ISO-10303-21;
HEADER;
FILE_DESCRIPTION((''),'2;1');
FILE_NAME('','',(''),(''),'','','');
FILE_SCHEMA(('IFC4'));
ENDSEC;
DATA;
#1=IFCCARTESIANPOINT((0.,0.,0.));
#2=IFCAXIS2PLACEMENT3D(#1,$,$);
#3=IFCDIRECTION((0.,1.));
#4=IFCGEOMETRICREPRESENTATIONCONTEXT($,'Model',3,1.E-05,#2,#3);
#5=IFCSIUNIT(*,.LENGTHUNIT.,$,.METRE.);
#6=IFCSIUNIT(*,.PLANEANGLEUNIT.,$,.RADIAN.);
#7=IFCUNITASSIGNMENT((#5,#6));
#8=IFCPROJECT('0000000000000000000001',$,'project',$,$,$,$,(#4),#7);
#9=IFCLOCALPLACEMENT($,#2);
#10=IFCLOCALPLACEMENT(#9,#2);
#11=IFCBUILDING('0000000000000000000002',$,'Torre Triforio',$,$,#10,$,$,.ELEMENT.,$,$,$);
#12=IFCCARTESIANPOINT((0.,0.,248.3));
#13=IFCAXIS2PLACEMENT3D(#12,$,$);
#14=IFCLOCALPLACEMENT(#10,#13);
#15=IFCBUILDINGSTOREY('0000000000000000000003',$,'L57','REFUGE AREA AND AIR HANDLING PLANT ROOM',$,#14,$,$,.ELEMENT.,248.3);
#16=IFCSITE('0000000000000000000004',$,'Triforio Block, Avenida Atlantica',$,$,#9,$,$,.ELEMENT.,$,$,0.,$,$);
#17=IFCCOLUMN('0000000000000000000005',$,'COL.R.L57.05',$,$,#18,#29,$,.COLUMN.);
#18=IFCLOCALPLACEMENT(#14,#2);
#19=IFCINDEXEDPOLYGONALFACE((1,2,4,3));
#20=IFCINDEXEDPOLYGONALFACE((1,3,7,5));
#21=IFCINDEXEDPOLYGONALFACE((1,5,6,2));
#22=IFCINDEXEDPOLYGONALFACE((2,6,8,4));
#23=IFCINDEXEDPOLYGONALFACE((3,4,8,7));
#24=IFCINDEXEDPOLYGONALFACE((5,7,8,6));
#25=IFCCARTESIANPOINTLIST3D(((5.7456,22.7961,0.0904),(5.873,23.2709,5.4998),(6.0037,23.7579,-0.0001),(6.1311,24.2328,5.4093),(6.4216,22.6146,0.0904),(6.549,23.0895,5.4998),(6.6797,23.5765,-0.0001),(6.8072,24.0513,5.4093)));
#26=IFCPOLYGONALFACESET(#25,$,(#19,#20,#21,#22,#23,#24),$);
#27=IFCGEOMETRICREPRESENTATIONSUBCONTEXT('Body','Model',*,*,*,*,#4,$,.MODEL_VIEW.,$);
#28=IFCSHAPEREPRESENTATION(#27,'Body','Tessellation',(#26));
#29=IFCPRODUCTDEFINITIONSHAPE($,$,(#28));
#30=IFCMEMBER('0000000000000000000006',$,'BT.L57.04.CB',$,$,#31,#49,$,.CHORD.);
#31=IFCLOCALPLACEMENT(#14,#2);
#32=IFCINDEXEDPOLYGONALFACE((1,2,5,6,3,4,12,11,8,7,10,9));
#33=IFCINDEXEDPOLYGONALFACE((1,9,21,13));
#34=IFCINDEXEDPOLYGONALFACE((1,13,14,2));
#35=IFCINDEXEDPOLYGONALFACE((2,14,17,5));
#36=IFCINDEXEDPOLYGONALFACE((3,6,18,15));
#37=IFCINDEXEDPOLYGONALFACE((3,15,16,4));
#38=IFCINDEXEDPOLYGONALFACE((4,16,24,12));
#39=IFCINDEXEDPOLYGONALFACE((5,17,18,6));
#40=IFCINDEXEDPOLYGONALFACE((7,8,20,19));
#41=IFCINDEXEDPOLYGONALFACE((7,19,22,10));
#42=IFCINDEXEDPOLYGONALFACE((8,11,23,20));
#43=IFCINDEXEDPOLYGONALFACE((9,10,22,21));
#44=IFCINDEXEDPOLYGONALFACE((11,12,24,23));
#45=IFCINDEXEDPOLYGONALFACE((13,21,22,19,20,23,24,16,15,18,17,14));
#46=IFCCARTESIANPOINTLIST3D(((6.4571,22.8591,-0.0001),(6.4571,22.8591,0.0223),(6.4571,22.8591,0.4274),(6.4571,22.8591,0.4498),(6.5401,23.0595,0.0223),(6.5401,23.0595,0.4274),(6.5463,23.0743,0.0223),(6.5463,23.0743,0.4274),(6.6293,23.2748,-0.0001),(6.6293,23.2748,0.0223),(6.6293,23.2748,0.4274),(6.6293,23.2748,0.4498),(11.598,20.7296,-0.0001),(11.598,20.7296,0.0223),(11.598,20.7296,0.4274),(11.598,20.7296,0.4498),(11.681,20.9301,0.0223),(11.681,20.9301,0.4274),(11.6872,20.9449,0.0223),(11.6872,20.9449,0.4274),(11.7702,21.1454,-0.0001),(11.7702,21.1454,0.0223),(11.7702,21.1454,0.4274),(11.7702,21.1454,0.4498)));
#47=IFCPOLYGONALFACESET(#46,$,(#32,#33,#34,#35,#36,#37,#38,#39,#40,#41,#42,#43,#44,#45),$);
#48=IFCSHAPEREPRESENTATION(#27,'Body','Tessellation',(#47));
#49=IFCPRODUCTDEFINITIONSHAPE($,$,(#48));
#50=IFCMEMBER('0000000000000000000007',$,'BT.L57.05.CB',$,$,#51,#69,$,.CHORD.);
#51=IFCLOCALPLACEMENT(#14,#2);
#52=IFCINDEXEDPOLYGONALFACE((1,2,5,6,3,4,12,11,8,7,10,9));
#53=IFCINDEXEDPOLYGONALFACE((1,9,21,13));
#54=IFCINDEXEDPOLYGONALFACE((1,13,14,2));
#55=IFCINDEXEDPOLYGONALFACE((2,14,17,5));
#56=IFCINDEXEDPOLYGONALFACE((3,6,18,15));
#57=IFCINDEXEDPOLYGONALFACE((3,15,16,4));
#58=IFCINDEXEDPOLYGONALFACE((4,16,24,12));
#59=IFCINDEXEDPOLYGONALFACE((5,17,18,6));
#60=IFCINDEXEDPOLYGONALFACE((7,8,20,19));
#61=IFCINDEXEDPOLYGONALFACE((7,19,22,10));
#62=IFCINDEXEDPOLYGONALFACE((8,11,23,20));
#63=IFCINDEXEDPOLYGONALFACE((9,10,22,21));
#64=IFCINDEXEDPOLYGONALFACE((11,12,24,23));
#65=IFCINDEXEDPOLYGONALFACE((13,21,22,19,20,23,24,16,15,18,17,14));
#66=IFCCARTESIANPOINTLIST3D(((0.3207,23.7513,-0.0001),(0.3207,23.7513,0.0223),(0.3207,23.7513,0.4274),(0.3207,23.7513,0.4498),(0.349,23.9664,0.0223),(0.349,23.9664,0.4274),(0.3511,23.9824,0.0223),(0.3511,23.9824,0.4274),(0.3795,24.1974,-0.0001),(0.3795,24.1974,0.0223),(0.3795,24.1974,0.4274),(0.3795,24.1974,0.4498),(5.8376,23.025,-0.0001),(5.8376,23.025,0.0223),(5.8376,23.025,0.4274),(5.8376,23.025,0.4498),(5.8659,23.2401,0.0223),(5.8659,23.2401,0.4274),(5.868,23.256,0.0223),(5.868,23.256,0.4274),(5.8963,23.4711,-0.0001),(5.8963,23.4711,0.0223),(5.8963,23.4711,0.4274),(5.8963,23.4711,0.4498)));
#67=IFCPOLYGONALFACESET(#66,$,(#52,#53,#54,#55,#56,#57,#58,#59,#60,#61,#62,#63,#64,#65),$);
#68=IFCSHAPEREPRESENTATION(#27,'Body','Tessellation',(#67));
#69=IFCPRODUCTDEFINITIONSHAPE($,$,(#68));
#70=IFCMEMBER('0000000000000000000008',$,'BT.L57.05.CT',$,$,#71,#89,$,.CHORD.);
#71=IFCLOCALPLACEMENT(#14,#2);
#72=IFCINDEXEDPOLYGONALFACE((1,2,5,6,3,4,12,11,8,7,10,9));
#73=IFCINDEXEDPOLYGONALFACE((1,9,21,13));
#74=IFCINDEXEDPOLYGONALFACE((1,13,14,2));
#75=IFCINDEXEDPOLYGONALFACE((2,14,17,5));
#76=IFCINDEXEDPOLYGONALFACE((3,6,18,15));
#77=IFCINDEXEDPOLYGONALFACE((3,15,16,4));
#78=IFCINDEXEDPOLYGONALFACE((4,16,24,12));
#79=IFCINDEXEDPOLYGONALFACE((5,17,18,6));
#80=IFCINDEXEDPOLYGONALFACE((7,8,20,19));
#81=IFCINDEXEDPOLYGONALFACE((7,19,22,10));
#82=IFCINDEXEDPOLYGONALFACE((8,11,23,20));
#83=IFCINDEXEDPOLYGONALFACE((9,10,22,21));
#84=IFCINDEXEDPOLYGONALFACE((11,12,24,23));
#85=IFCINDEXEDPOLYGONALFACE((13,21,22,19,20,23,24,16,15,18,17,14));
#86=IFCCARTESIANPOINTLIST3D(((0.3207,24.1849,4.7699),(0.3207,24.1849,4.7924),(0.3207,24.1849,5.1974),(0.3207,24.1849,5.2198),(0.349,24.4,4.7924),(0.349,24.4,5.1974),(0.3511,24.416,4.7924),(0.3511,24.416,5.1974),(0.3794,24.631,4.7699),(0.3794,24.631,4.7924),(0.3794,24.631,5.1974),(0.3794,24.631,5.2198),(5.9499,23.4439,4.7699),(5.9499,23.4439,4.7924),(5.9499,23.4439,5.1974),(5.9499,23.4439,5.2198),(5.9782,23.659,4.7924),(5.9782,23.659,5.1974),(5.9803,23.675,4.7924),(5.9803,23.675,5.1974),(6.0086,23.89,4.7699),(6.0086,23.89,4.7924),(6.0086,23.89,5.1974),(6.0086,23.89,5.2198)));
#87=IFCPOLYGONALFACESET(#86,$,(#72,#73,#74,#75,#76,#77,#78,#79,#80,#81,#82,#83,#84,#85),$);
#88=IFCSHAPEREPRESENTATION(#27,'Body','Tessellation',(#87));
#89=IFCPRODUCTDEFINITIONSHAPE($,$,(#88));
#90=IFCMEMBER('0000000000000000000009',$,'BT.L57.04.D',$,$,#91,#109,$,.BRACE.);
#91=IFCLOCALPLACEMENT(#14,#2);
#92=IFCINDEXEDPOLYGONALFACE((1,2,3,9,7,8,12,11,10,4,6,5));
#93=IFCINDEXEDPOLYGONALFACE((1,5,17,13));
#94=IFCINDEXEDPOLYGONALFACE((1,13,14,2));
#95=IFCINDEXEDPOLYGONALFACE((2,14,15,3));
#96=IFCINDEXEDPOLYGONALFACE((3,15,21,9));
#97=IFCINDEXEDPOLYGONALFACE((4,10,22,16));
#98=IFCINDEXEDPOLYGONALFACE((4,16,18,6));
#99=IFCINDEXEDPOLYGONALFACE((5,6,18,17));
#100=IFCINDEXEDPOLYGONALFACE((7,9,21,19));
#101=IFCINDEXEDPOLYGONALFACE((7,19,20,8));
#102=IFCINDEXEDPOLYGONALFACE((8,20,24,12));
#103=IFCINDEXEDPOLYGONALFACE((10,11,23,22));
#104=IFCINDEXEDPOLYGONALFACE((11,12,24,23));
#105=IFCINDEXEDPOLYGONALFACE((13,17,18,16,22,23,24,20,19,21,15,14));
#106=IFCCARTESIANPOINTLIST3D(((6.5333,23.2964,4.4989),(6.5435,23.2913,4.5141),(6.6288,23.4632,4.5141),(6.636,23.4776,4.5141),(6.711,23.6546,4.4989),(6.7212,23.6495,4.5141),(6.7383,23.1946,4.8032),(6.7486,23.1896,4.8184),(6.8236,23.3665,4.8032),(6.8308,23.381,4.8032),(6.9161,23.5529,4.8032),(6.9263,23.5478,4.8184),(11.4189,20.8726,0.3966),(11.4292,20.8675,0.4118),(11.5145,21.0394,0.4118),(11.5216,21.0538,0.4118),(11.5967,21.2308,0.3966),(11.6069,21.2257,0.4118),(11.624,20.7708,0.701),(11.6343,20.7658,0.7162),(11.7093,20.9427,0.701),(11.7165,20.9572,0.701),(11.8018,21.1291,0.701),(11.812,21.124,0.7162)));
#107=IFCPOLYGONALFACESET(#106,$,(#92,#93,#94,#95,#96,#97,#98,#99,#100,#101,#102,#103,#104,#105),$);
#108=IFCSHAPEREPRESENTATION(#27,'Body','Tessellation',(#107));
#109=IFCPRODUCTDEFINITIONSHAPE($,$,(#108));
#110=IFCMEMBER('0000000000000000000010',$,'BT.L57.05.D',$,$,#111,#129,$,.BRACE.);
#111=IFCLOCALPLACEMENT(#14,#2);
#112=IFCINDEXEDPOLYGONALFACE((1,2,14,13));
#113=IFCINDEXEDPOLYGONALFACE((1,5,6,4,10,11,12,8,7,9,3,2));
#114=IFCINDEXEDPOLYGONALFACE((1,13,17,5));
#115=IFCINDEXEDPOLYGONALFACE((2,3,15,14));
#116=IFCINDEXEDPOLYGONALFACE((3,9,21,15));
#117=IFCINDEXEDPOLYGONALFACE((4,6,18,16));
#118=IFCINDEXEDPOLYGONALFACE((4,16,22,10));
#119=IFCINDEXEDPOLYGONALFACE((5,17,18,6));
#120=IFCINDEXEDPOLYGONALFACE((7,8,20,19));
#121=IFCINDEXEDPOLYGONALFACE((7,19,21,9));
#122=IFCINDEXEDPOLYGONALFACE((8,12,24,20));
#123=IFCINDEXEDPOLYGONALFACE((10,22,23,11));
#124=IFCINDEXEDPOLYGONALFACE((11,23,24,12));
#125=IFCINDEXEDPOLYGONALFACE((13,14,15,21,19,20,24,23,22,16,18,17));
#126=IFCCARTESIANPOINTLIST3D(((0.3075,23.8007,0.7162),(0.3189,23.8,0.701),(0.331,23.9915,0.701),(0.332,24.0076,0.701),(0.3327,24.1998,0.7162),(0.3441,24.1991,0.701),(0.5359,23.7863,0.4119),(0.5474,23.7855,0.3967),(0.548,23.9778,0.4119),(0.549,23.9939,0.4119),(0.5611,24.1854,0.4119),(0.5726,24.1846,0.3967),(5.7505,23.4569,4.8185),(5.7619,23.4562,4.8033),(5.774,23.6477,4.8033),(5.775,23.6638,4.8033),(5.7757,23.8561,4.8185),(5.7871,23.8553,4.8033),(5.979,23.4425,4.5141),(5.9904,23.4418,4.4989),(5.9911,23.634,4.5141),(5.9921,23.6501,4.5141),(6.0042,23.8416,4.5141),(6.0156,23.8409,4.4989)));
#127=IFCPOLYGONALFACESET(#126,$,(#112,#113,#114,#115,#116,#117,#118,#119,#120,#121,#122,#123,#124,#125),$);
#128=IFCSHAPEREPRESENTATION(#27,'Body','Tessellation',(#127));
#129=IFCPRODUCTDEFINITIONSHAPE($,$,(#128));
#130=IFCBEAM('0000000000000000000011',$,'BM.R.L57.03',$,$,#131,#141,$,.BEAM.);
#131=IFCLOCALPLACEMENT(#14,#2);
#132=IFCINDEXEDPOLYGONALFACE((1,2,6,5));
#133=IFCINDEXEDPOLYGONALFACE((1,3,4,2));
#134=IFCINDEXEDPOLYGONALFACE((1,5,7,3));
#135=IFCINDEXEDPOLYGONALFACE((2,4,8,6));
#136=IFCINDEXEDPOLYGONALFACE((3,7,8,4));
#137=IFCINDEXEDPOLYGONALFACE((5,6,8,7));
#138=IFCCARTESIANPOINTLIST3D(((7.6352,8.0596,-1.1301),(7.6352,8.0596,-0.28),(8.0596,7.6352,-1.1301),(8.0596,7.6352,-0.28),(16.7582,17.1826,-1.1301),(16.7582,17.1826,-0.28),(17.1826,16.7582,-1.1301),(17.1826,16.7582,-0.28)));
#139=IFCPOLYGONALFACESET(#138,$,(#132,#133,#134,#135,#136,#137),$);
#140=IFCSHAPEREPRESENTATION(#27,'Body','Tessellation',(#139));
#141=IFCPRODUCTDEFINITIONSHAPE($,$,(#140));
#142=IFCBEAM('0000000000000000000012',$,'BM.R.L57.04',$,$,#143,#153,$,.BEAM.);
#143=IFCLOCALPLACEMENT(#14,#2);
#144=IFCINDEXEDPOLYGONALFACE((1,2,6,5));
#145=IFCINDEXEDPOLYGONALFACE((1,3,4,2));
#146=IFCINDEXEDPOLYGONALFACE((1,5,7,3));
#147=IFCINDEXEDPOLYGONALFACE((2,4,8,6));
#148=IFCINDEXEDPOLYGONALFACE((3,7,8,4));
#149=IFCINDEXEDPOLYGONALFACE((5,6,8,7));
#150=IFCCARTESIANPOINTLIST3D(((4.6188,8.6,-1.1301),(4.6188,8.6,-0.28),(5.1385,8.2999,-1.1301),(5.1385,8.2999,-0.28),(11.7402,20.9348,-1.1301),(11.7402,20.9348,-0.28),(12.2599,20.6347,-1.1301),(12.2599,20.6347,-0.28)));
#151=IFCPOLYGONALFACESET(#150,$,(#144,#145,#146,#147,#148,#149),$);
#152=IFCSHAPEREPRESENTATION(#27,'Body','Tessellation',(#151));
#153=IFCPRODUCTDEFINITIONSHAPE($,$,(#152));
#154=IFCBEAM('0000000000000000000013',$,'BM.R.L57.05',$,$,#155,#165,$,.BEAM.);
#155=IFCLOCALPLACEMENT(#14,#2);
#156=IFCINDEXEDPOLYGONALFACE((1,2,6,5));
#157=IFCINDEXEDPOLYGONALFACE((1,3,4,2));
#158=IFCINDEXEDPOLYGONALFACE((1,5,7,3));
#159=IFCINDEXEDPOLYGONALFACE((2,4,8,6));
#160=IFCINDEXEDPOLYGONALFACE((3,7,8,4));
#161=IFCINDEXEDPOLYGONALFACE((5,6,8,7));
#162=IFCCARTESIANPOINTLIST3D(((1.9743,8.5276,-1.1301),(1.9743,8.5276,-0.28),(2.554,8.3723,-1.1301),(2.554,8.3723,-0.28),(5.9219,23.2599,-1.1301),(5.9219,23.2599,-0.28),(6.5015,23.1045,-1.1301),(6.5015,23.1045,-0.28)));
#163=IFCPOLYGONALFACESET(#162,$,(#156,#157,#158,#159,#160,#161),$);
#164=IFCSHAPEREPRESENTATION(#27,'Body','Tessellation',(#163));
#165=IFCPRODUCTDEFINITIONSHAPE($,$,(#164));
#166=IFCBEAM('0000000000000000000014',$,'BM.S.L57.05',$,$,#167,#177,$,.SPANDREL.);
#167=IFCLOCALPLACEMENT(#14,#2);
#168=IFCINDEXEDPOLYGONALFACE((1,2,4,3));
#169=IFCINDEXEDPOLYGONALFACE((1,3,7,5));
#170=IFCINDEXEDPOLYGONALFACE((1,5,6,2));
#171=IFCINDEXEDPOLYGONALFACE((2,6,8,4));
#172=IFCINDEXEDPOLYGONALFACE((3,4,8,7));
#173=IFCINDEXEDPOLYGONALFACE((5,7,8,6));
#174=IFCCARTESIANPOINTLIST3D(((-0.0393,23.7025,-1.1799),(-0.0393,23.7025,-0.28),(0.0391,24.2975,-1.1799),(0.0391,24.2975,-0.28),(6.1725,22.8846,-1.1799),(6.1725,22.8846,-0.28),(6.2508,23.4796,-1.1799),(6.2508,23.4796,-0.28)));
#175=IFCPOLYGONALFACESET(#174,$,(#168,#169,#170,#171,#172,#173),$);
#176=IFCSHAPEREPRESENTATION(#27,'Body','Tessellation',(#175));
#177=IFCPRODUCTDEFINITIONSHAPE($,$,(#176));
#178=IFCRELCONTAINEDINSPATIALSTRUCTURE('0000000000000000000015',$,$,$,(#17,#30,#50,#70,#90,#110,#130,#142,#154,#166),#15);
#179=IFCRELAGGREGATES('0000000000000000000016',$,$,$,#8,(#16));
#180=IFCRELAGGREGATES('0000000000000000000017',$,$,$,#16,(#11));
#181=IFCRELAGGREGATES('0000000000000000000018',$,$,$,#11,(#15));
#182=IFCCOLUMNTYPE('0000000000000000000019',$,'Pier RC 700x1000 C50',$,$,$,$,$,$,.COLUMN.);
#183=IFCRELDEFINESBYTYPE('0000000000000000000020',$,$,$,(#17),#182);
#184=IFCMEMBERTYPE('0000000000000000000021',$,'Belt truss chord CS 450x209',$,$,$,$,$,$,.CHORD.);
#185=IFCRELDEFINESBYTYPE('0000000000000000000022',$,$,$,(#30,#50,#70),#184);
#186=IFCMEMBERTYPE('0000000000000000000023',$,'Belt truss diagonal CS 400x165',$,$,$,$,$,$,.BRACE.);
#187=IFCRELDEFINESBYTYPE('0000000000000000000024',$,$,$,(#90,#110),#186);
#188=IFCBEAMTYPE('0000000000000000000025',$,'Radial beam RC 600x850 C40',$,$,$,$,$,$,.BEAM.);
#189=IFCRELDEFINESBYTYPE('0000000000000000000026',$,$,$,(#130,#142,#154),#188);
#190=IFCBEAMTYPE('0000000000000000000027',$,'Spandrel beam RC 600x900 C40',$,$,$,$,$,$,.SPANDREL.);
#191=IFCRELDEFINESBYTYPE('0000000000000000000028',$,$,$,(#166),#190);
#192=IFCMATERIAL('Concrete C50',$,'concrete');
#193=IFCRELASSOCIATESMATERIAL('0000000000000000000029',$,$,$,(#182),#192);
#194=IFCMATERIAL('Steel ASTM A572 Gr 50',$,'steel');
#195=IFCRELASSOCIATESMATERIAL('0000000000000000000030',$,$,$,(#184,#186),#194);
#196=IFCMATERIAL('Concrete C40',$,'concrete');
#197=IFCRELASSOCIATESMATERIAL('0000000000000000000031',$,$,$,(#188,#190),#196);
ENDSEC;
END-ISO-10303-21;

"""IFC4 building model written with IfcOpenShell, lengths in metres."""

from ifc_helpers import new_model, si_unit, direction, frame, origin, origin_2d, place, context, subcontext, project, spatial, rectangle, i_section, extrude, material, material_profile, profile_set, type_object, element, save


model = new_model("IFC4")

# Units and contexts
model_context = context("Model", 3, precision=1e-05, world=origin(), true_north=direction((0.0, 1.0)))
body_context = subcontext(model_context, "Body", "Model", "MODEL_VIEW")
ifc_project = project(units=[si_unit("LENGTHUNIT", "METRE"), si_unit("PLANEANGLEUNIT", "RADIAN")], contexts=[model_context])

# Site, building, storey
site_placement = place(None, origin())
site = spatial("IfcSite", under=ifc_project, at=site_placement, Name="Triforio Block, Avenida Atlantica", CompositionType="ELEMENT", RefElevation=0.0)
building_placement = place(site_placement, origin())
building = spatial("IfcBuilding", under=site, at=building_placement, Name="Torre Triforio", CompositionType="ELEMENT")
storey_placement = place(building_placement, frame((0.0, 0.0, 248.3)))
storey = spatial("IfcBuildingStorey", under=building, at=storey_placement, Name="L57", Description="REFUGE AREA AND AIR HANDLING PLANT ROOM", CompositionType="ELEMENT", Elevation=248.3)

# Column
ifc_material_1 = material(Name="Concrete C50", Category="concrete")
ifc_material_profile_1 = material_profile(ifc_material_1, rectangle(XDim=0.7, YDim=1.0, at=origin_2d()), Name="RC 700x1000")
ifc_profile_set_1 = profile_set([ifc_material_profile_1], Name="Concrete C50")
column_type = type_object("IfcColumnType", Name="Pier RC 700x1000 C50", PredefinedType="COLUMN", material=ifc_profile_set_1)
column_placement = place(storey_placement, frame((6.2126, 23.1863, 0.0452), z_axis=(0.023462, 0.087422, 0.995895), x_axis=(-0.965822, 0.259208, 0.0)))
element("IfcColumn", 1, at=column_placement, inside=storey, type_object=column_type, Name="COL.R.L57.05", PredefinedType="COLUMN", context=body_context, shape_type="SweptSolid", body=[
    extrude(rectangle(XDim=0.7, YDim=1.0, at=origin_2d()), origin(), (0.0, 0.0, 1.0), 5.4316),
])

# Members
ifc_material_2 = material(Name="Steel ASTM A572 Gr 50", Category="steel")
ifc_material_profile_2 = material_profile(ifc_material_2, i_section(OverallWidth=0.45, OverallDepth=0.45, WebThickness=0.0161, FlangeThickness=0.0225, at=origin_2d()), Name="CS 450x209")
ifc_profile_set_2 = profile_set([ifc_material_profile_2], Name="Steel ASTM A572 Gr 50")
member_type_1 = type_object("IfcMemberType", Name="Belt truss chord CS 450x209", PredefinedType="CHORD", material=ifc_profile_set_2)
for number, where, z_axis, x_axis, name in (
    (2, (11.6841, 20.9375, 0.2249), (-0.923881, 0.38268, 0.0), (-0.38268, -0.923881, 0.0), "BT.L57.04.CB"),
    (3, (5.8669, 23.248, 0.2249), (-0.991445, 0.130528, 0.0), (-0.130528, -0.991445, 0.0), "BT.L57.05.CB"),
):
    element("IfcMember", number, at=place(storey_placement, frame(where, z_axis=z_axis, x_axis=x_axis)), inside=storey, type_object=member_type_1, Name=name, PredefinedType="CHORD", context=body_context, shape_type="SweptSolid", body=[
        extrude(i_section(OverallWidth=0.45, OverallDepth=0.45, WebThickness=0.0161, FlangeThickness=0.0225, at=origin_2d()), origin(), (0.0, 0.0, 1.0), 5.5645),
    ])
member_placement = place(storey_placement, frame((5.9792, 23.667, 4.9949), z_axis=(-0.991448, 0.130505, 0.0), x_axis=(-0.130505, -0.991448, 0.0)))
element("IfcMember", 4, at=member_placement, inside=storey, type_object=member_type_1, Name="BT.L57.05.CT", PredefinedType="CHORD", context=body_context, shape_type="SweptSolid", body=[
    extrude(i_section(OverallWidth=0.45, OverallDepth=0.45, WebThickness=0.0161, FlangeThickness=0.0225, at=origin_2d()), origin(), (0.0, 0.0, 1.0), 5.6777),
])
ifc_material_profile_3 = material_profile(ifc_material_2, i_section(OverallWidth=0.3999, OverallDepth=0.3999, WebThickness=0.0161, FlangeThickness=0.019, at=origin_2d()), Name="CS 400x165")
ifc_profile_set_3 = profile_set([ifc_material_profile_3], Name="Steel ASTM A572 Gr 50")
member_type_2 = type_object("IfcMemberType", Name="Belt truss diagonal CS 400x165", PredefinedType="BRACE", material=ifc_profile_set_3)
for number, where, z_axis, x_axis, name in (
    (5, (11.6155, 20.9983, 0.5564), (-0.715909, 0.355164, 0.60111), (-0.444418, -0.895819, 0.0), "BT.L57.04.D"),
    (6, (5.8831, 23.6489, 4.6587), (-0.797579, 0.05037, -0.601108), (-0.063028, -0.998012, 0.0), "BT.L57.05.D"),
):
    element("IfcMember", number, at=place(storey_placement, frame(where, z_axis=z_axis, x_axis=x_axis)), inside=storey, type_object=member_type_2, Name=name, PredefinedType="BRACE", context=body_context, shape_type="SweptSolid", body=[
        extrude(i_section(OverallWidth=0.3999, OverallDepth=0.3999, WebThickness=0.0161, FlangeThickness=0.019, at=origin_2d()), origin(), (0.0, 0.0, 1.0), 6.8245),
    ])

# Beams
ifc_material_3 = material(Name="Concrete C40", Category="concrete")
ifc_material_profile_4 = material_profile(ifc_material_3, rectangle(XDim=0.6001, YDim=0.8501, at=origin_2d()), Name="RC 600x850")
ifc_profile_set_4 = profile_set([ifc_material_profile_4], Name="Concrete C40")
beam_type_1 = type_object("IfcBeamType", Name="Radial beam RC 600x850 C40", PredefinedType="BEAM", material=ifc_profile_set_4)
beam_1_placement = place(storey_placement, frame((7.8474, 7.8474, -0.7051), z_axis=(0.707107, 0.707107, 0.0), x_axis=(-0.707107, 0.707107, 0.0)))
element("IfcBeam", 7, at=beam_1_placement, inside=storey, type_object=beam_type_1, Name="BM.R.L57.03", PredefinedType="BEAM", context=body_context, shape_type="SweptSolid", body=[
    extrude(rectangle(XDim=0.6001, YDim=0.8501, at=origin_2d()), origin(), (0.0, 0.0, 1.0), 12.9019),
])
beam_2_placement = place(storey_placement, frame((4.8787, 8.45, -0.7051), z_axis=(0.499994, 0.866029, 0.0), x_axis=(-0.866029, 0.499994, 0.0)))
element("IfcBeam", 8, at=beam_2_placement, inside=storey, type_object=beam_type_1, Name="BM.R.L57.04", PredefinedType="BEAM", context=body_context, shape_type="SweptSolid", body=[
    extrude(rectangle(XDim=0.6001, YDim=0.8501, at=origin_2d()), origin(), (0.0, 0.0, 1.0), 14.2429),
])
beam_3_placement = place(storey_placement, frame((2.2642, 8.45, -0.7051), z_axis=(0.258821, 0.965925, 0.0), x_axis=(-0.965925, 0.258821, 0.0)))
element("IfcBeam", 9, at=beam_3_placement, inside=storey, type_object=beam_type_1, Name="BM.R.L57.05", PredefinedType="BEAM", context=body_context, shape_type="SweptSolid", body=[
    extrude(rectangle(XDim=0.6001, YDim=0.8501, at=origin_2d()), origin(), (0.0, 0.0, 1.0), 15.252),
])
ifc_material_profile_5 = material_profile(ifc_material_3, rectangle(XDim=0.6001, YDim=0.8999, at=origin_2d()), Name="RC 600x900")
ifc_profile_set_5 = profile_set([ifc_material_profile_5], Name="Concrete C40")
beam_type_2 = type_object("IfcBeamType", Name="Spandrel beam RC 600x900 C40", PredefinedType="SPANDREL", material=ifc_profile_set_5)
beam_4_placement = place(storey_placement, frame((6.2117, 23.1821, -0.73), z_axis=(-0.991443, 0.13054, 0.0), x_axis=(-0.13054, -0.991443, 0.0)))
element("IfcBeam", 10, at=beam_4_placement, inside=storey, type_object=beam_type_2, Name="BM.S.L57.05", PredefinedType="SPANDREL", context=body_context, shape_type="SweptSolid", body=[
    extrude(rectangle(XDim=0.6001, YDim=0.8999, at=origin_2d()), origin(), (0.0, 0.0, 1.0), 6.2654),
])

save(model, "model.ifc")
